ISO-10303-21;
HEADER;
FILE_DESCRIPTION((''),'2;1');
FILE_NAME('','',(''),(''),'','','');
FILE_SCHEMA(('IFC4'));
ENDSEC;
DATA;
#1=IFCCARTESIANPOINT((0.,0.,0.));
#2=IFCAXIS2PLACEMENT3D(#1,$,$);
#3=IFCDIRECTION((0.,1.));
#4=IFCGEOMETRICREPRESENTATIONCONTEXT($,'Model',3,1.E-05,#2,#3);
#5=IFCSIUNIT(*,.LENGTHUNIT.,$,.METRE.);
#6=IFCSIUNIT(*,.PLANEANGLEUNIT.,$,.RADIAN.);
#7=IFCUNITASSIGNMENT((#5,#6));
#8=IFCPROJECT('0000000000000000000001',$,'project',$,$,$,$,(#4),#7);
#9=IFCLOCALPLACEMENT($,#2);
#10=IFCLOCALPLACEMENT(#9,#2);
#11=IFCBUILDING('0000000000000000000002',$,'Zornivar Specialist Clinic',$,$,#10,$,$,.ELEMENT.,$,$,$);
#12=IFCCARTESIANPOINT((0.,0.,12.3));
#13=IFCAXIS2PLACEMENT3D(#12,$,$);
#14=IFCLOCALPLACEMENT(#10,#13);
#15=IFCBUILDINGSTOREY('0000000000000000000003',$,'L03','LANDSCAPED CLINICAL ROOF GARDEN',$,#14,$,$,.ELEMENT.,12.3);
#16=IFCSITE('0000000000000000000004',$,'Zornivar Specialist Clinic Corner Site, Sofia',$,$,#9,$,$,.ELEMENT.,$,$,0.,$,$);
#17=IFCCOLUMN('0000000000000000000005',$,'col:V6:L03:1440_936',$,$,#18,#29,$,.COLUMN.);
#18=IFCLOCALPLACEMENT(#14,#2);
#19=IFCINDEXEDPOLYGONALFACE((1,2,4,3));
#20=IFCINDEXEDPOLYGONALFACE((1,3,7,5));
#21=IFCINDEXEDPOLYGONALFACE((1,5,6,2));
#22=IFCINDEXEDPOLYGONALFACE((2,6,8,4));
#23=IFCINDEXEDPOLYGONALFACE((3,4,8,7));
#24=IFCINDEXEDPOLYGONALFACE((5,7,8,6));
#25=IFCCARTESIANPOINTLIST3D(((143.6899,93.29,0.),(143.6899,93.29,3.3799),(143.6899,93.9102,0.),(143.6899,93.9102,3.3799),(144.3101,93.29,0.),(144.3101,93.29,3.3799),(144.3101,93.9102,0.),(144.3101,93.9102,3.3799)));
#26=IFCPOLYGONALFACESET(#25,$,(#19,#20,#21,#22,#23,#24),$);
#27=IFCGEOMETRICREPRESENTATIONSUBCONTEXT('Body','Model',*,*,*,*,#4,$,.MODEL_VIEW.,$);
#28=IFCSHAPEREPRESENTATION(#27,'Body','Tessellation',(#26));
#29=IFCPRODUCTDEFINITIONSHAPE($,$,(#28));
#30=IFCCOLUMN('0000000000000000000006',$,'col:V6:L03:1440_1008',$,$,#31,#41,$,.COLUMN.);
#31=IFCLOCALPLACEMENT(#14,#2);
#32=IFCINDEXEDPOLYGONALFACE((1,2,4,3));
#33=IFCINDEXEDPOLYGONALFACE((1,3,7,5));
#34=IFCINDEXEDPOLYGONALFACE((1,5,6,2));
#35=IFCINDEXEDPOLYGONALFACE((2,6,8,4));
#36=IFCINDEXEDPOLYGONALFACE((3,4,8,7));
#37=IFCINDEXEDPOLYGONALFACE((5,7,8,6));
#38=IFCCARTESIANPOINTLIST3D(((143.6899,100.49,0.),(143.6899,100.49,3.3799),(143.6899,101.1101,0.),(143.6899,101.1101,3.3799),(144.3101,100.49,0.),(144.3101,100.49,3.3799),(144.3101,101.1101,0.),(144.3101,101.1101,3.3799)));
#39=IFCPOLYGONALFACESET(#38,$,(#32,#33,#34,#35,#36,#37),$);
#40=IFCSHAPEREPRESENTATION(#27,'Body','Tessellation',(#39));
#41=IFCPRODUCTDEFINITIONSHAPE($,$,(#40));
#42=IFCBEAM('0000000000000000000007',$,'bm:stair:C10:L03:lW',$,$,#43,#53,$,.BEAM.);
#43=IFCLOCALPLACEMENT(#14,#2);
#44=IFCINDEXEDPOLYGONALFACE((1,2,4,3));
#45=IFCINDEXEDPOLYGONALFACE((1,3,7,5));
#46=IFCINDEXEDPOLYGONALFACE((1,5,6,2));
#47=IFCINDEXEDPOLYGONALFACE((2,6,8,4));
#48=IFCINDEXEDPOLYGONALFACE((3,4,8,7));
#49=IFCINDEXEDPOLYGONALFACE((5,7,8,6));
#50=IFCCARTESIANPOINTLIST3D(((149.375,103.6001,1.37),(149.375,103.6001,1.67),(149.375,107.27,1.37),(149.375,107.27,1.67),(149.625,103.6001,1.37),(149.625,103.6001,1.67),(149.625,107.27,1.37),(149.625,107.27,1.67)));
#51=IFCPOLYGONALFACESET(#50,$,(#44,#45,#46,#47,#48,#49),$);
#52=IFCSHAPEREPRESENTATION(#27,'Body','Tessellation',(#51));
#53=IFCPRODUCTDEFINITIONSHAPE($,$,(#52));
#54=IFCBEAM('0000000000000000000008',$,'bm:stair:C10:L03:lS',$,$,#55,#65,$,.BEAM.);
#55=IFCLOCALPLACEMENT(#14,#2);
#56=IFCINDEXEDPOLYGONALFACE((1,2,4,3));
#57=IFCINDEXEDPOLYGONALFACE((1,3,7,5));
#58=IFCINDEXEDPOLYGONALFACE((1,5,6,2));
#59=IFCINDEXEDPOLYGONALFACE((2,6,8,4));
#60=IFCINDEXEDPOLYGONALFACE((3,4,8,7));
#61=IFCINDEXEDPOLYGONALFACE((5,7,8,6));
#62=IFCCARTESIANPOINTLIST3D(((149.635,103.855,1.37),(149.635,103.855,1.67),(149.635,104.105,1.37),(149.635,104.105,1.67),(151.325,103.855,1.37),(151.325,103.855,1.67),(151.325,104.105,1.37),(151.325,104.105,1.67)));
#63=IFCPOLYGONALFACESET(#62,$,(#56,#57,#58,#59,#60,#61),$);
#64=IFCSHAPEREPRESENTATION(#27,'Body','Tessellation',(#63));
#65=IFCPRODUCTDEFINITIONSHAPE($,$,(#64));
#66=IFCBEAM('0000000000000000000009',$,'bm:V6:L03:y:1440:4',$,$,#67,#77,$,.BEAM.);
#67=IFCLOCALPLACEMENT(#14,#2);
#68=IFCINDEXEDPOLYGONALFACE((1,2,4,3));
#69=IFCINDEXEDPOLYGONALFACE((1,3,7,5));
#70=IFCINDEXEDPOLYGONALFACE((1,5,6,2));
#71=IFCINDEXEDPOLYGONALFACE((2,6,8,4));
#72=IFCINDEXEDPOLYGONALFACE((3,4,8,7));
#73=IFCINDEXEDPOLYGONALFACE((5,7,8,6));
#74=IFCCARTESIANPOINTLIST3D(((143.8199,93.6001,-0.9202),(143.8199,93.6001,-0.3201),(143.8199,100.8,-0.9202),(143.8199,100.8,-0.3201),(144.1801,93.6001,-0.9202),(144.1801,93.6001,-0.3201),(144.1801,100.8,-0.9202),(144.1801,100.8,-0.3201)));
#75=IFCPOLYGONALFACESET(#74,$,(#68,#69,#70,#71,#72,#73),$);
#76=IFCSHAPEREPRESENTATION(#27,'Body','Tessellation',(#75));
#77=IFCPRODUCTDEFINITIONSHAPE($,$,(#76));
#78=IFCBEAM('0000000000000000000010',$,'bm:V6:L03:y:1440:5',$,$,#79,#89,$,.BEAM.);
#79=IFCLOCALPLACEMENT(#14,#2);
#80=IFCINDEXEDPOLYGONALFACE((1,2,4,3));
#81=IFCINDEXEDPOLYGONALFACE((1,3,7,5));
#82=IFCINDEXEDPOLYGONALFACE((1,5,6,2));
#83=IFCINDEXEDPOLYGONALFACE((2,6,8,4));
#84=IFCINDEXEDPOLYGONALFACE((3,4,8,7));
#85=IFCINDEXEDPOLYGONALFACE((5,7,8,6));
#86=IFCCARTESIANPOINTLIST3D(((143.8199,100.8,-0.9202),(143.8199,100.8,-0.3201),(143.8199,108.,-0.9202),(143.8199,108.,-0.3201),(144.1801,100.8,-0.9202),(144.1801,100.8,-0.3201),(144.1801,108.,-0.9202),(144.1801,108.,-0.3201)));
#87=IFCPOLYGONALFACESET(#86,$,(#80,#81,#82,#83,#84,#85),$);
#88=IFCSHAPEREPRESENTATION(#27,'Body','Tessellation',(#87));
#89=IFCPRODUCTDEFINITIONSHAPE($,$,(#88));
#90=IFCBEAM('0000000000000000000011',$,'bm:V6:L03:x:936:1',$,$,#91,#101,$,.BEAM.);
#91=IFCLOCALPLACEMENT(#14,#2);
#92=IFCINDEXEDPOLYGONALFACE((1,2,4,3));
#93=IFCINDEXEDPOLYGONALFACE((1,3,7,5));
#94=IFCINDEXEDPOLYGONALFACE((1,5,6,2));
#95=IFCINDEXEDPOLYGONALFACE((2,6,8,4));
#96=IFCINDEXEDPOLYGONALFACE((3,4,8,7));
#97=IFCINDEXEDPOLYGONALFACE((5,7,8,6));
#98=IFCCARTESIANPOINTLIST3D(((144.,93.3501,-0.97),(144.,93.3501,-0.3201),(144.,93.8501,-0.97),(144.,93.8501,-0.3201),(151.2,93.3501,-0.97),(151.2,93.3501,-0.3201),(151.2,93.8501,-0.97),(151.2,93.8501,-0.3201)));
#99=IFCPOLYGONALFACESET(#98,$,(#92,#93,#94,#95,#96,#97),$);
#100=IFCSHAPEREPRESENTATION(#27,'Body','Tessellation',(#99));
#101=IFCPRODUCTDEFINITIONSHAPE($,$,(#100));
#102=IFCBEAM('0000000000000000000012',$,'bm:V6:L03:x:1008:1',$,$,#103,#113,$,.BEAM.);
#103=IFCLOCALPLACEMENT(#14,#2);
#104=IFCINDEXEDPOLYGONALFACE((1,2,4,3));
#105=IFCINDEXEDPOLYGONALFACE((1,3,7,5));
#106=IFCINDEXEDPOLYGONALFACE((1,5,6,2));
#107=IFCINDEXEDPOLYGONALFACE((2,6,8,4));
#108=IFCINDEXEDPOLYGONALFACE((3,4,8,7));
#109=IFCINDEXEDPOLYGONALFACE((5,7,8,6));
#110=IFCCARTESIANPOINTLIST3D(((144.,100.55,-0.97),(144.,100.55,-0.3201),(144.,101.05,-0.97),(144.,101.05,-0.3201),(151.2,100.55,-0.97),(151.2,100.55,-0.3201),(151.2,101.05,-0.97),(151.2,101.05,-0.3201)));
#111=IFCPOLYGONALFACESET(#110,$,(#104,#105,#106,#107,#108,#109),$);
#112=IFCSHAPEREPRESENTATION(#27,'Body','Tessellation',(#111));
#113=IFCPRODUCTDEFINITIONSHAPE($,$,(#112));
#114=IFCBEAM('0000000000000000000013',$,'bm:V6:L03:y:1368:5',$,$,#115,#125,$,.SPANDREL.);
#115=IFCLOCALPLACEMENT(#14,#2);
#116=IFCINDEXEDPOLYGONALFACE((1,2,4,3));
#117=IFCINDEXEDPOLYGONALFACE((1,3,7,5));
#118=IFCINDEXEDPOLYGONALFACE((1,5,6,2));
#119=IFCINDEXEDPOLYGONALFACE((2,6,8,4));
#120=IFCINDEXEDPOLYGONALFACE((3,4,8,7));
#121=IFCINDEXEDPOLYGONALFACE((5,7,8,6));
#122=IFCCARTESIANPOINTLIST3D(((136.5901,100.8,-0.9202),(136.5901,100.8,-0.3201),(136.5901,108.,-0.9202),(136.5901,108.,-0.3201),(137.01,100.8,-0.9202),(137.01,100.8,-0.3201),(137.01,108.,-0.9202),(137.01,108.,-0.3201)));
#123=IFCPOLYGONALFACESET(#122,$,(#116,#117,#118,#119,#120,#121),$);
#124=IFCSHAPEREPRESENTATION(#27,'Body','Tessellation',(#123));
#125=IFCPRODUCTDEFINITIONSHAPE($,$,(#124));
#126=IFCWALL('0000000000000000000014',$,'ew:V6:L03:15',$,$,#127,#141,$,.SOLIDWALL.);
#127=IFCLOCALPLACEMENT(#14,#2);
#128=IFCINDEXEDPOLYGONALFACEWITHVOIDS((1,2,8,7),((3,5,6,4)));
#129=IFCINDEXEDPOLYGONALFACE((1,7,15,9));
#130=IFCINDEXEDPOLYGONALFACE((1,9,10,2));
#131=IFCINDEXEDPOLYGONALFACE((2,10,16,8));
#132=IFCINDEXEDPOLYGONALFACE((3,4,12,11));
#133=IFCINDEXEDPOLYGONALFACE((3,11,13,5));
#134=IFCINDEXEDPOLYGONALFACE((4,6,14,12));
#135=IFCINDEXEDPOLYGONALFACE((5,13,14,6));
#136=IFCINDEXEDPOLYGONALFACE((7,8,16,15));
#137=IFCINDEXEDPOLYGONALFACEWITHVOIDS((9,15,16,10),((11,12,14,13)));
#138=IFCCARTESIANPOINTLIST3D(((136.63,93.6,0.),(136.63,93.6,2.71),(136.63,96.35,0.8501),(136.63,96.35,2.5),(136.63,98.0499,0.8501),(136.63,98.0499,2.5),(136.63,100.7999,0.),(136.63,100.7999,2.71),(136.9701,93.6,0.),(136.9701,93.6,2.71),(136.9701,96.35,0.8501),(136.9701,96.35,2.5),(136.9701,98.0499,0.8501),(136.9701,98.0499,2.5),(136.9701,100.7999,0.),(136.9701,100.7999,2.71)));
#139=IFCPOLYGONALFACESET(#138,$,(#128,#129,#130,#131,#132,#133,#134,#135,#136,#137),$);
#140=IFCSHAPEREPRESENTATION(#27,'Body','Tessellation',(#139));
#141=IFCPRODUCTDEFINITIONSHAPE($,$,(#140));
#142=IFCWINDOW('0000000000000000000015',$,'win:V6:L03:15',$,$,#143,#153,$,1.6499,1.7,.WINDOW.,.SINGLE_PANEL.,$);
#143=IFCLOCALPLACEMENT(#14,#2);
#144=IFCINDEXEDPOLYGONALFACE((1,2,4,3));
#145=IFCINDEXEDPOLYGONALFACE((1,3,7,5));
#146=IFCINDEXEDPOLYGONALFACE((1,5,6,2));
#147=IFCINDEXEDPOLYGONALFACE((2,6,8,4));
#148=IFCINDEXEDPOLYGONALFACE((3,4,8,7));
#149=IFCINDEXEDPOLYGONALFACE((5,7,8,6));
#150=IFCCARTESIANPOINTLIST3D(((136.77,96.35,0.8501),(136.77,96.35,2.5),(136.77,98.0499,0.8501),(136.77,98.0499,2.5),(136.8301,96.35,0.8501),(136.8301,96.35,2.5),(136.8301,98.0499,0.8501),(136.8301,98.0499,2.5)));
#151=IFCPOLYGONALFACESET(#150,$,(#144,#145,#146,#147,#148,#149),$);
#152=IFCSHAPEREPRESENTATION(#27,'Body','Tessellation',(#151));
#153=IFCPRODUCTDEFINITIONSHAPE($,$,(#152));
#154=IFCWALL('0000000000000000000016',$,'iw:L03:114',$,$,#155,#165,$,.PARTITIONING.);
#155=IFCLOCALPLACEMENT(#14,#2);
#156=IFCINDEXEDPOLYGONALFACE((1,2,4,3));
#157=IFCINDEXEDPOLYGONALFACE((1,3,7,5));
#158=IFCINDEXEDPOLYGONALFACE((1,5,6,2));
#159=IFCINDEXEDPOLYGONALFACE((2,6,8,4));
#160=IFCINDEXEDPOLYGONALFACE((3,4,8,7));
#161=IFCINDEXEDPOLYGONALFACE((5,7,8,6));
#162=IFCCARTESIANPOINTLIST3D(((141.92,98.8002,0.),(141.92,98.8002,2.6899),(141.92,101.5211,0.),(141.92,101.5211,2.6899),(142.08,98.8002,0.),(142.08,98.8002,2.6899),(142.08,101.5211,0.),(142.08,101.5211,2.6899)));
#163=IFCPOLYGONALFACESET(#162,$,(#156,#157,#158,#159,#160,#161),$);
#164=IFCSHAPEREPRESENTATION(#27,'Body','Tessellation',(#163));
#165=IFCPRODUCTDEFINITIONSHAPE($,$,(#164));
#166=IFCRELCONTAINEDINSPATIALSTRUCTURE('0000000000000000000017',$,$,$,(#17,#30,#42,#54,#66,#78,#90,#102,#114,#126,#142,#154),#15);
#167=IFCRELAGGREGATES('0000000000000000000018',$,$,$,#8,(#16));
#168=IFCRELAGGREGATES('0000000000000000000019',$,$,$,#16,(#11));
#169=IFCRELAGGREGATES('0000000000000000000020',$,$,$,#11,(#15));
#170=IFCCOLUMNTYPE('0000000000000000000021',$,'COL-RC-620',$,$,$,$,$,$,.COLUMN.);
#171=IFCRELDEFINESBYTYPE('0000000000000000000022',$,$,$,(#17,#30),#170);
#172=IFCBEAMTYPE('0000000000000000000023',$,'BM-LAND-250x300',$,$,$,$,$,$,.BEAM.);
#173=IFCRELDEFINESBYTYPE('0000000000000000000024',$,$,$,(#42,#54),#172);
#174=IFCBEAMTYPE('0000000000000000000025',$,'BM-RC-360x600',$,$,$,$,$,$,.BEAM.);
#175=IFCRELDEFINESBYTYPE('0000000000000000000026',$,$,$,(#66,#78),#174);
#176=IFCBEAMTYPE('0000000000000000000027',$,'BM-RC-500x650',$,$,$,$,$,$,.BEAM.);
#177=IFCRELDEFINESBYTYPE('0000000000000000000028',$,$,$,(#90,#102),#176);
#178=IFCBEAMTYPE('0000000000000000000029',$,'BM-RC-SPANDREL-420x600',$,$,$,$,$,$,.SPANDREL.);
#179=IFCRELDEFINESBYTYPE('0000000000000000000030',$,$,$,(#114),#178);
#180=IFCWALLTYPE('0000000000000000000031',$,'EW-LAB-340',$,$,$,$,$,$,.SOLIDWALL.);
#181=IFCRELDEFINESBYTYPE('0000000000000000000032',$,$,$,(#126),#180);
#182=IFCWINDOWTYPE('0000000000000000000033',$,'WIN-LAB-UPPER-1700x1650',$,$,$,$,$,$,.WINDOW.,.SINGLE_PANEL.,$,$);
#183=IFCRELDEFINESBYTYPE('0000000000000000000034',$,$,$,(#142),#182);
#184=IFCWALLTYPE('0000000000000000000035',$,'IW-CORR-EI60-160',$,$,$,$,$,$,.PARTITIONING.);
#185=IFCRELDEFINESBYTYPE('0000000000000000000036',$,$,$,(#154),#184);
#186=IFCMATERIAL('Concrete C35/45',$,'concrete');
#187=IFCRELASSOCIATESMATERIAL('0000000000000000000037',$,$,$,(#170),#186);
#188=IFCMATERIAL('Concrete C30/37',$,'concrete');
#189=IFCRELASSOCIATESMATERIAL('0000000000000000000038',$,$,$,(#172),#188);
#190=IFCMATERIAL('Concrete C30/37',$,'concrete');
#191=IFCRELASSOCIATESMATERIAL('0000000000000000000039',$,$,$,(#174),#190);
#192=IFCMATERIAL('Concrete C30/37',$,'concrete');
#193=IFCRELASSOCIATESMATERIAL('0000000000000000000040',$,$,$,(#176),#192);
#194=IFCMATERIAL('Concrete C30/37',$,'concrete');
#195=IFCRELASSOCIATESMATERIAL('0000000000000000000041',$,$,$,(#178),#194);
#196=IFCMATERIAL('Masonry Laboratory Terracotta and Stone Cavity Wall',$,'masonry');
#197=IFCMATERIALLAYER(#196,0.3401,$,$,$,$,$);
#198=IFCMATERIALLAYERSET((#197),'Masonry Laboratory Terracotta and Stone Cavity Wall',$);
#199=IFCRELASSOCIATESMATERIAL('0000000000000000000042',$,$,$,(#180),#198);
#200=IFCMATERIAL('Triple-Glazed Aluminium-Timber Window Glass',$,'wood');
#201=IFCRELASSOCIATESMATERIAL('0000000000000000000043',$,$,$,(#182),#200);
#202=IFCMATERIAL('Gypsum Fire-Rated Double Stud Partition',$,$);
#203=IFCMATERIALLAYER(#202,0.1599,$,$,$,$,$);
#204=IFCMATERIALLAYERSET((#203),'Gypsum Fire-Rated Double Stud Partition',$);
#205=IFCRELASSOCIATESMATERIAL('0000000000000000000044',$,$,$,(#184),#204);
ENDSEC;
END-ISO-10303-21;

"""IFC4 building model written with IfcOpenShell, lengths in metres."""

from ifc_helpers import new_model, si_unit, direction, frame, frame_2d, origin, origin_2d, place, context, subcontext, project, spatial, rectangle, extrude, material, layer, layer_set, material_profile, profile_set, type_object, element, fill, save


model = new_model("IFC4")

# Units and contexts
model_context = context("Model", 3, precision=1e-05, world=origin(), true_north=direction((0.0, 1.0)))
body_context = subcontext(model_context, "Body", "Model", "MODEL_VIEW")
ifc_project = project(units=[si_unit("LENGTHUNIT", "METRE"), si_unit("PLANEANGLEUNIT", "RADIAN")], contexts=[model_context])

# Site, building, storey
site_placement = place(None, origin())
site = spatial("IfcSite", under=ifc_project, at=site_placement, Name="Zornivar Specialist Clinic Corner Site, Sofia", CompositionType="ELEMENT", RefElevation=0.0)
building_placement = place(site_placement, origin())
building = spatial("IfcBuilding", under=site, at=building_placement, Name="Zornivar Specialist Clinic", CompositionType="ELEMENT")
storey_placement = place(building_placement, frame((0.0, 0.0, 12.3)))
storey = spatial("IfcBuildingStorey", under=building, at=storey_placement, Name="L03", Description="LANDSCAPED CLINICAL ROOF GARDEN", CompositionType="ELEMENT", Elevation=12.3)

# Columns
ifc_material_1 = material(Name="Concrete C35/45", Category="concrete")
ifc_material_profile_1 = material_profile(ifc_material_1, rectangle(XDim=0.6201, YDim=0.6201, at=origin_2d()), Name="RC 620x620")
ifc_profile_set_1 = profile_set([ifc_material_profile_1], Name="Concrete C35/45")
column_type = type_object("IfcColumnType", Name="COL-RC-620", PredefinedType="COLUMN", material=ifc_profile_set_1)
for number, where, z_axis, x_axis, name in (
    (1, (144.0, 93.6001, 0.0), (0.0, 0.0, 1.0), (1.0, 0.0, 0.0), "col:V6:L03:1440_936"),
    (2, (144.0, 100.8, 0.0), (0.0, 0.0, 1.0), (1.0, 0.0, 0.0), "col:V6:L03:1440_1008"),
):
    element("IfcColumn", number, at=place(storey_placement, frame(where, z_axis=z_axis, x_axis=x_axis)), inside=storey, type_object=column_type, Name=name, PredefinedType="COLUMN", context=body_context, shape_type="SweptSolid", body=[
        extrude(rectangle(XDim=0.6201, YDim=0.6201, at=origin_2d()), origin(), (0.0, 0.0, 1.0), 3.3799),
    ])

# Beams
ifc_material_2 = material(Name="Concrete C30/37", Category="concrete")
ifc_material_profile_2 = material_profile(ifc_material_2, rectangle(XDim=0.25, YDim=0.3, at=origin_2d()), Name="RC 250x300")
ifc_profile_set_2 = profile_set([ifc_material_profile_2], Name="Concrete C30/37")
beam_type_1 = type_object("IfcBeamType", Name="BM-LAND-250x300", PredefinedType="BEAM", material=ifc_profile_set_2)
beam_1_placement = place(storey_placement, frame((149.5, 103.6001, 1.52), z_axis=(0.0, 1.0, 0.0), x_axis=(-1.0, 0.0, 0.0)))
element("IfcBeam", 3, at=beam_1_placement, inside=storey, type_object=beam_type_1, Name="bm:stair:C10:L03:lW", PredefinedType="BEAM", context=body_context, shape_type="SweptSolid", body=[
    extrude(rectangle(XDim=0.25, YDim=0.3, at=origin_2d()), origin(), (0.0, 0.0, 1.0), 3.6699),
])
beam_2_placement = place(storey_placement, frame((149.635, 103.98, 1.52), z_axis=(1.0, 0.0, 0.0), x_axis=(0.0, 1.0, 0.0)))
element("IfcBeam", 4, at=beam_2_placement, inside=storey, type_object=beam_type_1, Name="bm:stair:C10:L03:lS", PredefinedType="BEAM", context=body_context, shape_type="SweptSolid", body=[
    extrude(rectangle(XDim=0.25, YDim=0.3, at=origin_2d()), origin(), (0.0, 0.0, 1.0), 1.6899),
])
ifc_material_3 = material(Name="Concrete C30/37", Category="concrete")
ifc_material_profile_3 = material_profile(ifc_material_3, rectangle(XDim=0.3601, YDim=0.6001, at=origin_2d()), Name="RC 360x600")
ifc_profile_set_3 = profile_set([ifc_material_profile_3], Name="Concrete C30/37")
beam_type_2 = type_object("IfcBeamType", Name="BM-RC-360x600", PredefinedType="BEAM", material=ifc_profile_set_3)
for number, where, z_axis, x_axis, name in (
    (5, (144.0, 93.6001, -0.6201), (0.0, 1.0, 0.0), (-1.0, 0.0, 0.0), "bm:V6:L03:y:1440:4"),
    (6, (144.0, 100.8, -0.6201), (0.0, 1.0, 0.0), (-1.0, 0.0, 0.0), "bm:V6:L03:y:1440:5"),
):
    element("IfcBeam", number, at=place(storey_placement, frame(where, z_axis=z_axis, x_axis=x_axis)), inside=storey, type_object=beam_type_2, Name=name, PredefinedType="BEAM", context=body_context, shape_type="SweptSolid", body=[
        extrude(rectangle(XDim=0.3601, YDim=0.6001, at=origin_2d()), origin(), (0.0, 0.0, 1.0), 7.2),
    ])
ifc_material_4 = material(Name="Concrete C30/37", Category="concrete")
ifc_material_profile_4 = material_profile(ifc_material_4, rectangle(XDim=0.5, YDim=0.6499, at=origin_2d()), Name="RC 500x650")
ifc_profile_set_4 = profile_set([ifc_material_profile_4], Name="Concrete C30/37")
beam_type_3 = type_object("IfcBeamType", Name="BM-RC-500x650", PredefinedType="BEAM", material=ifc_profile_set_4)
for number, where, z_axis, x_axis, name in (
    (7, (144.0, 93.6001, -0.645), (1.0, 0.0, 0.0), (0.0, 1.0, 0.0), "bm:V6:L03:x:936:1"),
    (8, (144.0, 100.8, -0.645), (1.0, 0.0, 0.0), (0.0, 1.0, 0.0), "bm:V6:L03:x:1008:1"),
):
    element("IfcBeam", number, at=place(storey_placement, frame(where, z_axis=z_axis, x_axis=x_axis)), inside=storey, type_object=beam_type_3, Name=name, PredefinedType="BEAM", context=body_context, shape_type="SweptSolid", body=[
        extrude(rectangle(XDim=0.5, YDim=0.6499, at=origin_2d()), origin(), (0.0, 0.0, 1.0), 7.2),
    ])
ifc_material_5 = material(Name="Concrete C30/37", Category="concrete")
ifc_material_profile_5 = material_profile(ifc_material_5, rectangle(XDim=0.4199, YDim=0.6001, at=origin_2d()), Name="RC 420x600")
ifc_profile_set_5 = profile_set([ifc_material_profile_5], Name="Concrete C30/37")
beam_type_4 = type_object("IfcBeamType", Name="BM-RC-SPANDREL-420x600", PredefinedType="SPANDREL", material=ifc_profile_set_5)
beam_3_placement = place(storey_placement, frame((136.8, 100.8, -0.6201), z_axis=(0.0, 1.0, 0.0), x_axis=(-1.0, 0.0, 0.0)))
element("IfcBeam", 9, at=beam_3_placement, inside=storey, type_object=beam_type_4, Name="bm:V6:L03:y:1368:5", PredefinedType="SPANDREL", context=body_context, shape_type="SweptSolid", body=[
    extrude(rectangle(XDim=0.4199, YDim=0.6001, at=origin_2d()), origin(), (0.0, 0.0, 1.0), 7.2),
])

# Wall, opening, window
ifc_material_6 = material(Name="Masonry Laboratory Terracotta and Stone Cavity Wall", Category="masonry")
ifc_layer_1 = layer(ifc_material_6, 0.3401)
ifc_layer_set_1 = layer_set([ifc_layer_1], Name="Masonry Laboratory Terracotta and Stone Cavity Wall")
wall_type_1 = type_object("IfcWallType", Name="EW-LAB-340", PredefinedType="SOLIDWALL", material=ifc_layer_set_1)
wall_1_placement = place(storey_placement, frame((136.8, 100.8, 0.0), z_axis=(0.0, 0.0, 1.0), x_axis=(0.0, -1.0, 0.0)))
wall_1 = element("IfcWall", 10, at=wall_1_placement, inside=storey, type_object=wall_type_1, Name="ew:V6:L03:15", PredefinedType="SOLIDWALL", context=body_context, shape_type="SweptSolid", body=[
    extrude(rectangle(XDim=7.2, YDim=0.3401, at=frame_2d((3.6001, 0.0))), origin(), (0.0, 0.0, 1.0), 2.71),
])
opening_1_placement = place(wall_1_placement, frame((2.75, 0.0, 0.8501)))
opening_1 = element("IfcOpeningElement", 11, at=opening_1_placement, cuts=wall_1, PredefinedType="OPENING", context=body_context, shape_type="SweptSolid", body=[
    extrude(rectangle(XDim=1.7, YDim=1.6499, at=frame_2d((0.8501, 0.825))), frame((0.0, 0.1799, 0.0), z_axis=(0.0, -1.0, 0.0), x_axis=(1.0, 0.0, 0.0)), (0.0, 0.0, 1.0), 0.3601),
])
ifc_material_7 = material(Name="Triple-Glazed Aluminium-Timber Window Glass", Category="wood")
window_type = type_object("IfcWindowType", Name="WIN-LAB-UPPER-1700x1650", PartitioningType="SINGLE_PANEL", PredefinedType="WINDOW", material=ifc_material_7)
window_placement = place(opening_1_placement, origin())
window = element("IfcWindow", 12, at=window_placement, inside=storey, type_object=window_type, Name="win:V6:L03:15", OverallHeight=1.6499, OverallWidth=1.7, PartitioningType="SINGLE_PANEL", PredefinedType="WINDOW", context=body_context, shape_type="SweptSolid", body=[
    extrude(rectangle(XDim=1.7, YDim=1.6499, at=frame_2d((0.8501, 0.825))), frame((0.0, 0.03, 0.0), z_axis=(0.0, -1.0, 0.0), x_axis=(1.0, 0.0, 0.0)), (0.0, 0.0, 1.0), 0.0601),
])
fill(opening_1, window)

# Wall
ifc_material_8 = material(Name="Gypsum Fire-Rated Double Stud Partition")
ifc_layer_2 = layer(ifc_material_8, 0.1599)
ifc_layer_set_2 = layer_set([ifc_layer_2], Name="Gypsum Fire-Rated Double Stud Partition")
wall_type_2 = type_object("IfcWallType", Name="IW-CORR-EI60-160", PredefinedType="PARTITIONING", material=ifc_layer_set_2)
wall_2_placement = place(storey_placement, frame((142.0, 101.521, 0.0), z_axis=(0.0, 0.0, 1.0), x_axis=(0.0, -1.0, 0.0)))
element("IfcWall", 13, at=wall_2_placement, inside=storey, type_object=wall_type_2, Name="iw:L03:114", PredefinedType="PARTITIONING", context=body_context, shape_type="SweptSolid", body=[
    extrude(rectangle(XDim=2.7209, YDim=0.1599, at=frame_2d((1.3604, 0.0))), origin(), (0.0, 0.0, 1.0), 2.6899),
])

save(model, "model.ifc")
